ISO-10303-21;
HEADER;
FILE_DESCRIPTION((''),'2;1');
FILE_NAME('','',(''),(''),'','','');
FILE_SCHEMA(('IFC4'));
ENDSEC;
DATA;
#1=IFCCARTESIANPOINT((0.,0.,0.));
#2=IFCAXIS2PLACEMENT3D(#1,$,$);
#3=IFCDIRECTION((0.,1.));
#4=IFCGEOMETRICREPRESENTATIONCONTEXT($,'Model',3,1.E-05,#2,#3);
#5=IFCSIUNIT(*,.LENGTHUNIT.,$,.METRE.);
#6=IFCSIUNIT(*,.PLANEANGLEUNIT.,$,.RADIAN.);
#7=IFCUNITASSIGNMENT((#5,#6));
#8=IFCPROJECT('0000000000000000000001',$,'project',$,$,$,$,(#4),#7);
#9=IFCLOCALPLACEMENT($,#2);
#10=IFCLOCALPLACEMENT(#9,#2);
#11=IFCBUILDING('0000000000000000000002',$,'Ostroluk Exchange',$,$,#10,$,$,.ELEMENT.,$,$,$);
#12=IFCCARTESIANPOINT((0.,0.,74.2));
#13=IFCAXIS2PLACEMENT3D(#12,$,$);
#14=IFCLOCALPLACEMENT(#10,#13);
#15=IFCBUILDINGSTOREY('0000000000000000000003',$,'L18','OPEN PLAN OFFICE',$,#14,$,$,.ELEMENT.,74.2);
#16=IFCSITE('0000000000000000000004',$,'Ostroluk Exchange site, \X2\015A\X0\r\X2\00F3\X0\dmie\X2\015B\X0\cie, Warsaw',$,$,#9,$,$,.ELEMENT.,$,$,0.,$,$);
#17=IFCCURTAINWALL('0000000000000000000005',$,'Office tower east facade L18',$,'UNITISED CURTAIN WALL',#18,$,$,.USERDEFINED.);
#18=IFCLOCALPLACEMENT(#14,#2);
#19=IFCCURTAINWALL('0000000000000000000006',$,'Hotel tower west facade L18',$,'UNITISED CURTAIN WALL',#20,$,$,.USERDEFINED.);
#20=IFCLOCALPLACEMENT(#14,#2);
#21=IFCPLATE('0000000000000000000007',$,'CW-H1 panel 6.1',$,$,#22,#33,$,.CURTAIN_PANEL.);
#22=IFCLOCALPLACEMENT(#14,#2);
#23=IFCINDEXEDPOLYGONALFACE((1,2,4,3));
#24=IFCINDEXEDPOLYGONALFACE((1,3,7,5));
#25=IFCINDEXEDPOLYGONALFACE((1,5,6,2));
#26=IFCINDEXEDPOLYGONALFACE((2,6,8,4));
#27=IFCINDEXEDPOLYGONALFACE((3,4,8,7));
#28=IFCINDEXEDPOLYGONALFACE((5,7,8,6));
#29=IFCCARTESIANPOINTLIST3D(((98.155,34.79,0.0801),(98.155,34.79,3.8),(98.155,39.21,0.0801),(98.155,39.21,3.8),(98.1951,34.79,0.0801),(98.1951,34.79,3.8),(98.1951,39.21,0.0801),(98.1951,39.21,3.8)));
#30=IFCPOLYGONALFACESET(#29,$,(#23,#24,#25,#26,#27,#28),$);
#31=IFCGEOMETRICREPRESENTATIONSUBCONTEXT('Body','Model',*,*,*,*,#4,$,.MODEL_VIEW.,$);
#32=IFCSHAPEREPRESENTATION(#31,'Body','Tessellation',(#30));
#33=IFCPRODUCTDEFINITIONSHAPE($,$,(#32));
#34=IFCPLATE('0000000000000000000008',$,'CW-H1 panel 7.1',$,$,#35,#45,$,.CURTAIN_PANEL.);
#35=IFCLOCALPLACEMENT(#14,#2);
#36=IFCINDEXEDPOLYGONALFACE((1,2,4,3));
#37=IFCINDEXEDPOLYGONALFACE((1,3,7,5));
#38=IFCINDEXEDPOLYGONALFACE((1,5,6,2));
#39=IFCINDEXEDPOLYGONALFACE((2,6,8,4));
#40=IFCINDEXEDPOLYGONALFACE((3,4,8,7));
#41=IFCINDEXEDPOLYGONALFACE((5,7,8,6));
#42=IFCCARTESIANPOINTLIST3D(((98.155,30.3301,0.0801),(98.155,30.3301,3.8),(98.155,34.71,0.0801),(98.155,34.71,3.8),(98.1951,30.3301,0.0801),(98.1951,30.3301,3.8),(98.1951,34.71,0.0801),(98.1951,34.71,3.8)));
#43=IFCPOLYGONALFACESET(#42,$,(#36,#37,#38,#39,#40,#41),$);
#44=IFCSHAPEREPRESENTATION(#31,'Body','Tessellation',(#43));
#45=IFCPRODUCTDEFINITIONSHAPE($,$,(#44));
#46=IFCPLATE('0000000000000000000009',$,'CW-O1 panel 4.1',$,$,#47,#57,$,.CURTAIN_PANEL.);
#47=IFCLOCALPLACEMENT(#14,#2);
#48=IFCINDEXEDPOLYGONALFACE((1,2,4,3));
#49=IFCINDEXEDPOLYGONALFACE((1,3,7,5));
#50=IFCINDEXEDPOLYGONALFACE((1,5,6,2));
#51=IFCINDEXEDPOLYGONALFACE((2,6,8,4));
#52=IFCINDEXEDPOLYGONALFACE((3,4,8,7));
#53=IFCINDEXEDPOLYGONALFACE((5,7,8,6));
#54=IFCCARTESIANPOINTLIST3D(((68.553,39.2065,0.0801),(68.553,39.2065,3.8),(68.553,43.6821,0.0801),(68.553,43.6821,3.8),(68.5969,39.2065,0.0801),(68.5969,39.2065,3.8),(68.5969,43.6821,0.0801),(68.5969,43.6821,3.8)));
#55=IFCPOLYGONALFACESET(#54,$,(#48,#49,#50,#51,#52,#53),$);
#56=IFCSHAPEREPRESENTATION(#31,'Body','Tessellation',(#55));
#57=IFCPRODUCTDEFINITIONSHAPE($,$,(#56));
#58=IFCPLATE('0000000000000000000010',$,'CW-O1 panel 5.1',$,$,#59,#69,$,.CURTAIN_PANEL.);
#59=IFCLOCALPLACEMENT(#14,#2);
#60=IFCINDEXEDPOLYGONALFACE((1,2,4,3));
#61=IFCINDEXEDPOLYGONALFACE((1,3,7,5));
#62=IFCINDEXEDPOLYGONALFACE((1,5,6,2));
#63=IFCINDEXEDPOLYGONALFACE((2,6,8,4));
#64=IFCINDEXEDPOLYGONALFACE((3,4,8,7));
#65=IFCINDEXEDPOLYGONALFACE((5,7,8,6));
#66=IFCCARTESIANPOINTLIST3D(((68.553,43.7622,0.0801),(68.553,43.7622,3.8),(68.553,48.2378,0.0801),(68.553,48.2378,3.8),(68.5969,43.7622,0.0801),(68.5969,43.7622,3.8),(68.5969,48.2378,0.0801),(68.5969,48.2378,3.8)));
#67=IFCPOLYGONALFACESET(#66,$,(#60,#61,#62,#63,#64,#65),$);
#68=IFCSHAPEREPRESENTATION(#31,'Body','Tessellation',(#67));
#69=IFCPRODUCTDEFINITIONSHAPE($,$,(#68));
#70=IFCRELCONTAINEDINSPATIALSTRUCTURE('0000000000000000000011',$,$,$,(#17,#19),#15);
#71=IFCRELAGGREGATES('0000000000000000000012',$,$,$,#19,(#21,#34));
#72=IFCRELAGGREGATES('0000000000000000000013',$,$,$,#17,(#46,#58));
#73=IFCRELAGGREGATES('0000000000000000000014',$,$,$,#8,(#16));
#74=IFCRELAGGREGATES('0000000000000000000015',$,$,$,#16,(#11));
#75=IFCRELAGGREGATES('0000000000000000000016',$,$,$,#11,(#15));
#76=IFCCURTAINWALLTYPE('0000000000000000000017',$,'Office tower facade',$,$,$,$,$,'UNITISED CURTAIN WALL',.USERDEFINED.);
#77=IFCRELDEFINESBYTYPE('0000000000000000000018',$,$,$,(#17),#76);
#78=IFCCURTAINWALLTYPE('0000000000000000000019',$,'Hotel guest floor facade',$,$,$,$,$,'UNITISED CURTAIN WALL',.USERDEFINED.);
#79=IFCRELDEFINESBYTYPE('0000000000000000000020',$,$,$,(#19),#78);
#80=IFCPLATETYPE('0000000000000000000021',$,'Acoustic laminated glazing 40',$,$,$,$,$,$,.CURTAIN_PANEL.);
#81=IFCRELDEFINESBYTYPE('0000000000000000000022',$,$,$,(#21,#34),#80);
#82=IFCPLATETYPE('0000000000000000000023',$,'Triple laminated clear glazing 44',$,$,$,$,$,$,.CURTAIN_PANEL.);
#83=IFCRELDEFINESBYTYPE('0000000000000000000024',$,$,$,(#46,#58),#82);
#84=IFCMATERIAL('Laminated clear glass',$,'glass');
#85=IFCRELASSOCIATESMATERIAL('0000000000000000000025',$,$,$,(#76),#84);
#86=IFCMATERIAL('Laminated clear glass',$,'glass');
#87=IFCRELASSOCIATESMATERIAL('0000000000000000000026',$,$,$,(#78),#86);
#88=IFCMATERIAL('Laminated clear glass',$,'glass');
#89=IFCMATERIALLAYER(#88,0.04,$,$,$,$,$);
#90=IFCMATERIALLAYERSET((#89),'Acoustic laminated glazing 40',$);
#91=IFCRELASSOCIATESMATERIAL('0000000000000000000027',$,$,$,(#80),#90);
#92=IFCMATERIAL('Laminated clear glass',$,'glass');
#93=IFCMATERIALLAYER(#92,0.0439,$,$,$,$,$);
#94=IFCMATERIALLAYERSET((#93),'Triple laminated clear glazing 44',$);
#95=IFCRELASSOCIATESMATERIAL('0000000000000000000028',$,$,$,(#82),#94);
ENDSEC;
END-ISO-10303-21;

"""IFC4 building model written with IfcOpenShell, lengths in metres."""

from ifc_helpers import new_model, si_unit, direction, frame, origin, origin_2d, place, context, subcontext, project, spatial, rectangle, extrude, material, layer, layer_set, type_object, element, aggregate, save


model = new_model("IFC4")

# Units and contexts
model_context = context("Model", 3, precision=1e-05, world=origin(), true_north=direction((0.0, 1.0)))
body_context = subcontext(model_context, "Body", "Model", "MODEL_VIEW")
ifc_project = project(units=[si_unit("LENGTHUNIT", "METRE"), si_unit("PLANEANGLEUNIT", "RADIAN")], contexts=[model_context])

# Site, building, storey
site_placement = place(None, origin())
site = spatial("IfcSite", under=ifc_project, at=site_placement, Name="Ostroluk Exchange site, Śródmieście, Warsaw", CompositionType="ELEMENT", RefElevation=0.0)
building_placement = place(site_placement, origin())
building = spatial("IfcBuilding", under=site, at=building_placement, Name="Ostroluk Exchange", CompositionType="ELEMENT")
storey_placement = place(building_placement, frame((0.0, 0.0, 74.2)))
storey = spatial("IfcBuildingStorey", under=building, at=storey_placement, Name="L18", Description="OPEN PLAN OFFICE", CompositionType="ELEMENT", Elevation=74.2)

# Curtain walls
ifc_material_1 = material(Name="Laminated clear glass", Category="glass")
curtain_wall_type_1 = type_object("IfcCurtainWallType", Name="Office tower facade", ElementType="UNITISED CURTAIN WALL", PredefinedType="USERDEFINED", material=ifc_material_1)
curtain_wall_1_placement = place(storey_placement, origin())
curtain_wall_1 = element("IfcCurtainWall", 1, at=curtain_wall_1_placement, inside=storey, type_object=curtain_wall_type_1, Name="Office tower east facade L18", ObjectType="UNITISED CURTAIN WALL", PredefinedType="USERDEFINED")
ifc_material_2 = material(Name="Laminated clear glass", Category="glass")
curtain_wall_type_2 = type_object("IfcCurtainWallType", Name="Hotel guest floor facade", ElementType="UNITISED CURTAIN WALL", PredefinedType="USERDEFINED", material=ifc_material_2)
curtain_wall_2_placement = place(storey_placement, origin())
curtain_wall_2 = element("IfcCurtainWall", 2, at=curtain_wall_2_placement, inside=storey, type_object=curtain_wall_type_2, Name="Hotel tower west facade L18", ObjectType="UNITISED CURTAIN WALL", PredefinedType="USERDEFINED")

# Plates
ifc_material_3 = material(Name="Laminated clear glass", Category="glass")
ifc_layer_1 = layer(ifc_material_3, 0.04)
ifc_layer_set_1 = layer_set([ifc_layer_1], Name="Acoustic laminated glazing 40")
plate_type_1 = type_object("IfcPlateType", Name="Acoustic laminated glazing 40", PredefinedType="CURTAIN_PANEL", material=ifc_layer_set_1)
plate_1_placement = place(storey_placement, frame((98.175, 37.0, 0.0801), z_axis=(0.0, 0.0, 1.0), x_axis=(0.0, -1.0, 0.0)))
plate_1 = element("IfcPlate", 3, at=plate_1_placement, type_object=plate_type_1, Name="CW-H1 panel 6.1", PredefinedType="CURTAIN_PANEL", context=body_context, shape_type="SweptSolid", body=[
    extrude(rectangle(XDim=4.4199, YDim=0.04, at=origin_2d()), origin(), (0.0, 0.0, 1.0), 3.72),
])
plate_2_placement = place(storey_placement, frame((98.175, 32.52, 0.0801), z_axis=(0.0, 0.0, 1.0), x_axis=(0.0, -1.0, 0.0)))
plate_2 = element("IfcPlate", 4, at=plate_2_placement, type_object=plate_type_1, Name="CW-H1 panel 7.1", PredefinedType="CURTAIN_PANEL", context=body_context, shape_type="SweptSolid", body=[
    extrude(rectangle(XDim=4.3799, YDim=0.04, at=origin_2d()), origin(), (0.0, 0.0, 1.0), 3.72),
])
aggregate(curtain_wall_2, [plate_1, plate_2])
ifc_material_4 = material(Name="Laminated clear glass", Category="glass")
ifc_layer_2 = layer(ifc_material_4, 0.0439)
ifc_layer_set_2 = layer_set([ifc_layer_2], Name="Triple laminated clear glazing 44")
plate_type_2 = type_object("IfcPlateType", Name="Triple laminated clear glazing 44", PredefinedType="CURTAIN_PANEL", material=ifc_layer_set_2)
plate_3_placement = place(storey_placement, frame((68.575, 41.4443, 0.0801), z_axis=(0.0, 0.0, 1.0), x_axis=(0.0, 1.0, 0.0)))
plate_3 = element("IfcPlate", 5, at=plate_3_placement, type_object=plate_type_2, Name="CW-O1 panel 4.1", PredefinedType="CURTAIN_PANEL", context=body_context, shape_type="SweptSolid", body=[
    extrude(rectangle(XDim=4.4756, YDim=0.0439, at=origin_2d()), origin(), (0.0, 0.0, 1.0), 3.72),
])
plate_4_placement = place(storey_placement, frame((68.575, 46.0, 0.0801), z_axis=(0.0, 0.0, 1.0), x_axis=(0.0, 1.0, 0.0)))
plate_4 = element("IfcPlate", 6, at=plate_4_placement, type_object=plate_type_2, Name="CW-O1 panel 5.1", PredefinedType="CURTAIN_PANEL", context=body_context, shape_type="SweptSolid", body=[
    extrude(rectangle(XDim=4.4756, YDim=0.0439, at=origin_2d()), origin(), (0.0, 0.0, 1.0), 3.72),
])
aggregate(curtain_wall_1, [plate_3, plate_4])

save(model, "model.ifc")
